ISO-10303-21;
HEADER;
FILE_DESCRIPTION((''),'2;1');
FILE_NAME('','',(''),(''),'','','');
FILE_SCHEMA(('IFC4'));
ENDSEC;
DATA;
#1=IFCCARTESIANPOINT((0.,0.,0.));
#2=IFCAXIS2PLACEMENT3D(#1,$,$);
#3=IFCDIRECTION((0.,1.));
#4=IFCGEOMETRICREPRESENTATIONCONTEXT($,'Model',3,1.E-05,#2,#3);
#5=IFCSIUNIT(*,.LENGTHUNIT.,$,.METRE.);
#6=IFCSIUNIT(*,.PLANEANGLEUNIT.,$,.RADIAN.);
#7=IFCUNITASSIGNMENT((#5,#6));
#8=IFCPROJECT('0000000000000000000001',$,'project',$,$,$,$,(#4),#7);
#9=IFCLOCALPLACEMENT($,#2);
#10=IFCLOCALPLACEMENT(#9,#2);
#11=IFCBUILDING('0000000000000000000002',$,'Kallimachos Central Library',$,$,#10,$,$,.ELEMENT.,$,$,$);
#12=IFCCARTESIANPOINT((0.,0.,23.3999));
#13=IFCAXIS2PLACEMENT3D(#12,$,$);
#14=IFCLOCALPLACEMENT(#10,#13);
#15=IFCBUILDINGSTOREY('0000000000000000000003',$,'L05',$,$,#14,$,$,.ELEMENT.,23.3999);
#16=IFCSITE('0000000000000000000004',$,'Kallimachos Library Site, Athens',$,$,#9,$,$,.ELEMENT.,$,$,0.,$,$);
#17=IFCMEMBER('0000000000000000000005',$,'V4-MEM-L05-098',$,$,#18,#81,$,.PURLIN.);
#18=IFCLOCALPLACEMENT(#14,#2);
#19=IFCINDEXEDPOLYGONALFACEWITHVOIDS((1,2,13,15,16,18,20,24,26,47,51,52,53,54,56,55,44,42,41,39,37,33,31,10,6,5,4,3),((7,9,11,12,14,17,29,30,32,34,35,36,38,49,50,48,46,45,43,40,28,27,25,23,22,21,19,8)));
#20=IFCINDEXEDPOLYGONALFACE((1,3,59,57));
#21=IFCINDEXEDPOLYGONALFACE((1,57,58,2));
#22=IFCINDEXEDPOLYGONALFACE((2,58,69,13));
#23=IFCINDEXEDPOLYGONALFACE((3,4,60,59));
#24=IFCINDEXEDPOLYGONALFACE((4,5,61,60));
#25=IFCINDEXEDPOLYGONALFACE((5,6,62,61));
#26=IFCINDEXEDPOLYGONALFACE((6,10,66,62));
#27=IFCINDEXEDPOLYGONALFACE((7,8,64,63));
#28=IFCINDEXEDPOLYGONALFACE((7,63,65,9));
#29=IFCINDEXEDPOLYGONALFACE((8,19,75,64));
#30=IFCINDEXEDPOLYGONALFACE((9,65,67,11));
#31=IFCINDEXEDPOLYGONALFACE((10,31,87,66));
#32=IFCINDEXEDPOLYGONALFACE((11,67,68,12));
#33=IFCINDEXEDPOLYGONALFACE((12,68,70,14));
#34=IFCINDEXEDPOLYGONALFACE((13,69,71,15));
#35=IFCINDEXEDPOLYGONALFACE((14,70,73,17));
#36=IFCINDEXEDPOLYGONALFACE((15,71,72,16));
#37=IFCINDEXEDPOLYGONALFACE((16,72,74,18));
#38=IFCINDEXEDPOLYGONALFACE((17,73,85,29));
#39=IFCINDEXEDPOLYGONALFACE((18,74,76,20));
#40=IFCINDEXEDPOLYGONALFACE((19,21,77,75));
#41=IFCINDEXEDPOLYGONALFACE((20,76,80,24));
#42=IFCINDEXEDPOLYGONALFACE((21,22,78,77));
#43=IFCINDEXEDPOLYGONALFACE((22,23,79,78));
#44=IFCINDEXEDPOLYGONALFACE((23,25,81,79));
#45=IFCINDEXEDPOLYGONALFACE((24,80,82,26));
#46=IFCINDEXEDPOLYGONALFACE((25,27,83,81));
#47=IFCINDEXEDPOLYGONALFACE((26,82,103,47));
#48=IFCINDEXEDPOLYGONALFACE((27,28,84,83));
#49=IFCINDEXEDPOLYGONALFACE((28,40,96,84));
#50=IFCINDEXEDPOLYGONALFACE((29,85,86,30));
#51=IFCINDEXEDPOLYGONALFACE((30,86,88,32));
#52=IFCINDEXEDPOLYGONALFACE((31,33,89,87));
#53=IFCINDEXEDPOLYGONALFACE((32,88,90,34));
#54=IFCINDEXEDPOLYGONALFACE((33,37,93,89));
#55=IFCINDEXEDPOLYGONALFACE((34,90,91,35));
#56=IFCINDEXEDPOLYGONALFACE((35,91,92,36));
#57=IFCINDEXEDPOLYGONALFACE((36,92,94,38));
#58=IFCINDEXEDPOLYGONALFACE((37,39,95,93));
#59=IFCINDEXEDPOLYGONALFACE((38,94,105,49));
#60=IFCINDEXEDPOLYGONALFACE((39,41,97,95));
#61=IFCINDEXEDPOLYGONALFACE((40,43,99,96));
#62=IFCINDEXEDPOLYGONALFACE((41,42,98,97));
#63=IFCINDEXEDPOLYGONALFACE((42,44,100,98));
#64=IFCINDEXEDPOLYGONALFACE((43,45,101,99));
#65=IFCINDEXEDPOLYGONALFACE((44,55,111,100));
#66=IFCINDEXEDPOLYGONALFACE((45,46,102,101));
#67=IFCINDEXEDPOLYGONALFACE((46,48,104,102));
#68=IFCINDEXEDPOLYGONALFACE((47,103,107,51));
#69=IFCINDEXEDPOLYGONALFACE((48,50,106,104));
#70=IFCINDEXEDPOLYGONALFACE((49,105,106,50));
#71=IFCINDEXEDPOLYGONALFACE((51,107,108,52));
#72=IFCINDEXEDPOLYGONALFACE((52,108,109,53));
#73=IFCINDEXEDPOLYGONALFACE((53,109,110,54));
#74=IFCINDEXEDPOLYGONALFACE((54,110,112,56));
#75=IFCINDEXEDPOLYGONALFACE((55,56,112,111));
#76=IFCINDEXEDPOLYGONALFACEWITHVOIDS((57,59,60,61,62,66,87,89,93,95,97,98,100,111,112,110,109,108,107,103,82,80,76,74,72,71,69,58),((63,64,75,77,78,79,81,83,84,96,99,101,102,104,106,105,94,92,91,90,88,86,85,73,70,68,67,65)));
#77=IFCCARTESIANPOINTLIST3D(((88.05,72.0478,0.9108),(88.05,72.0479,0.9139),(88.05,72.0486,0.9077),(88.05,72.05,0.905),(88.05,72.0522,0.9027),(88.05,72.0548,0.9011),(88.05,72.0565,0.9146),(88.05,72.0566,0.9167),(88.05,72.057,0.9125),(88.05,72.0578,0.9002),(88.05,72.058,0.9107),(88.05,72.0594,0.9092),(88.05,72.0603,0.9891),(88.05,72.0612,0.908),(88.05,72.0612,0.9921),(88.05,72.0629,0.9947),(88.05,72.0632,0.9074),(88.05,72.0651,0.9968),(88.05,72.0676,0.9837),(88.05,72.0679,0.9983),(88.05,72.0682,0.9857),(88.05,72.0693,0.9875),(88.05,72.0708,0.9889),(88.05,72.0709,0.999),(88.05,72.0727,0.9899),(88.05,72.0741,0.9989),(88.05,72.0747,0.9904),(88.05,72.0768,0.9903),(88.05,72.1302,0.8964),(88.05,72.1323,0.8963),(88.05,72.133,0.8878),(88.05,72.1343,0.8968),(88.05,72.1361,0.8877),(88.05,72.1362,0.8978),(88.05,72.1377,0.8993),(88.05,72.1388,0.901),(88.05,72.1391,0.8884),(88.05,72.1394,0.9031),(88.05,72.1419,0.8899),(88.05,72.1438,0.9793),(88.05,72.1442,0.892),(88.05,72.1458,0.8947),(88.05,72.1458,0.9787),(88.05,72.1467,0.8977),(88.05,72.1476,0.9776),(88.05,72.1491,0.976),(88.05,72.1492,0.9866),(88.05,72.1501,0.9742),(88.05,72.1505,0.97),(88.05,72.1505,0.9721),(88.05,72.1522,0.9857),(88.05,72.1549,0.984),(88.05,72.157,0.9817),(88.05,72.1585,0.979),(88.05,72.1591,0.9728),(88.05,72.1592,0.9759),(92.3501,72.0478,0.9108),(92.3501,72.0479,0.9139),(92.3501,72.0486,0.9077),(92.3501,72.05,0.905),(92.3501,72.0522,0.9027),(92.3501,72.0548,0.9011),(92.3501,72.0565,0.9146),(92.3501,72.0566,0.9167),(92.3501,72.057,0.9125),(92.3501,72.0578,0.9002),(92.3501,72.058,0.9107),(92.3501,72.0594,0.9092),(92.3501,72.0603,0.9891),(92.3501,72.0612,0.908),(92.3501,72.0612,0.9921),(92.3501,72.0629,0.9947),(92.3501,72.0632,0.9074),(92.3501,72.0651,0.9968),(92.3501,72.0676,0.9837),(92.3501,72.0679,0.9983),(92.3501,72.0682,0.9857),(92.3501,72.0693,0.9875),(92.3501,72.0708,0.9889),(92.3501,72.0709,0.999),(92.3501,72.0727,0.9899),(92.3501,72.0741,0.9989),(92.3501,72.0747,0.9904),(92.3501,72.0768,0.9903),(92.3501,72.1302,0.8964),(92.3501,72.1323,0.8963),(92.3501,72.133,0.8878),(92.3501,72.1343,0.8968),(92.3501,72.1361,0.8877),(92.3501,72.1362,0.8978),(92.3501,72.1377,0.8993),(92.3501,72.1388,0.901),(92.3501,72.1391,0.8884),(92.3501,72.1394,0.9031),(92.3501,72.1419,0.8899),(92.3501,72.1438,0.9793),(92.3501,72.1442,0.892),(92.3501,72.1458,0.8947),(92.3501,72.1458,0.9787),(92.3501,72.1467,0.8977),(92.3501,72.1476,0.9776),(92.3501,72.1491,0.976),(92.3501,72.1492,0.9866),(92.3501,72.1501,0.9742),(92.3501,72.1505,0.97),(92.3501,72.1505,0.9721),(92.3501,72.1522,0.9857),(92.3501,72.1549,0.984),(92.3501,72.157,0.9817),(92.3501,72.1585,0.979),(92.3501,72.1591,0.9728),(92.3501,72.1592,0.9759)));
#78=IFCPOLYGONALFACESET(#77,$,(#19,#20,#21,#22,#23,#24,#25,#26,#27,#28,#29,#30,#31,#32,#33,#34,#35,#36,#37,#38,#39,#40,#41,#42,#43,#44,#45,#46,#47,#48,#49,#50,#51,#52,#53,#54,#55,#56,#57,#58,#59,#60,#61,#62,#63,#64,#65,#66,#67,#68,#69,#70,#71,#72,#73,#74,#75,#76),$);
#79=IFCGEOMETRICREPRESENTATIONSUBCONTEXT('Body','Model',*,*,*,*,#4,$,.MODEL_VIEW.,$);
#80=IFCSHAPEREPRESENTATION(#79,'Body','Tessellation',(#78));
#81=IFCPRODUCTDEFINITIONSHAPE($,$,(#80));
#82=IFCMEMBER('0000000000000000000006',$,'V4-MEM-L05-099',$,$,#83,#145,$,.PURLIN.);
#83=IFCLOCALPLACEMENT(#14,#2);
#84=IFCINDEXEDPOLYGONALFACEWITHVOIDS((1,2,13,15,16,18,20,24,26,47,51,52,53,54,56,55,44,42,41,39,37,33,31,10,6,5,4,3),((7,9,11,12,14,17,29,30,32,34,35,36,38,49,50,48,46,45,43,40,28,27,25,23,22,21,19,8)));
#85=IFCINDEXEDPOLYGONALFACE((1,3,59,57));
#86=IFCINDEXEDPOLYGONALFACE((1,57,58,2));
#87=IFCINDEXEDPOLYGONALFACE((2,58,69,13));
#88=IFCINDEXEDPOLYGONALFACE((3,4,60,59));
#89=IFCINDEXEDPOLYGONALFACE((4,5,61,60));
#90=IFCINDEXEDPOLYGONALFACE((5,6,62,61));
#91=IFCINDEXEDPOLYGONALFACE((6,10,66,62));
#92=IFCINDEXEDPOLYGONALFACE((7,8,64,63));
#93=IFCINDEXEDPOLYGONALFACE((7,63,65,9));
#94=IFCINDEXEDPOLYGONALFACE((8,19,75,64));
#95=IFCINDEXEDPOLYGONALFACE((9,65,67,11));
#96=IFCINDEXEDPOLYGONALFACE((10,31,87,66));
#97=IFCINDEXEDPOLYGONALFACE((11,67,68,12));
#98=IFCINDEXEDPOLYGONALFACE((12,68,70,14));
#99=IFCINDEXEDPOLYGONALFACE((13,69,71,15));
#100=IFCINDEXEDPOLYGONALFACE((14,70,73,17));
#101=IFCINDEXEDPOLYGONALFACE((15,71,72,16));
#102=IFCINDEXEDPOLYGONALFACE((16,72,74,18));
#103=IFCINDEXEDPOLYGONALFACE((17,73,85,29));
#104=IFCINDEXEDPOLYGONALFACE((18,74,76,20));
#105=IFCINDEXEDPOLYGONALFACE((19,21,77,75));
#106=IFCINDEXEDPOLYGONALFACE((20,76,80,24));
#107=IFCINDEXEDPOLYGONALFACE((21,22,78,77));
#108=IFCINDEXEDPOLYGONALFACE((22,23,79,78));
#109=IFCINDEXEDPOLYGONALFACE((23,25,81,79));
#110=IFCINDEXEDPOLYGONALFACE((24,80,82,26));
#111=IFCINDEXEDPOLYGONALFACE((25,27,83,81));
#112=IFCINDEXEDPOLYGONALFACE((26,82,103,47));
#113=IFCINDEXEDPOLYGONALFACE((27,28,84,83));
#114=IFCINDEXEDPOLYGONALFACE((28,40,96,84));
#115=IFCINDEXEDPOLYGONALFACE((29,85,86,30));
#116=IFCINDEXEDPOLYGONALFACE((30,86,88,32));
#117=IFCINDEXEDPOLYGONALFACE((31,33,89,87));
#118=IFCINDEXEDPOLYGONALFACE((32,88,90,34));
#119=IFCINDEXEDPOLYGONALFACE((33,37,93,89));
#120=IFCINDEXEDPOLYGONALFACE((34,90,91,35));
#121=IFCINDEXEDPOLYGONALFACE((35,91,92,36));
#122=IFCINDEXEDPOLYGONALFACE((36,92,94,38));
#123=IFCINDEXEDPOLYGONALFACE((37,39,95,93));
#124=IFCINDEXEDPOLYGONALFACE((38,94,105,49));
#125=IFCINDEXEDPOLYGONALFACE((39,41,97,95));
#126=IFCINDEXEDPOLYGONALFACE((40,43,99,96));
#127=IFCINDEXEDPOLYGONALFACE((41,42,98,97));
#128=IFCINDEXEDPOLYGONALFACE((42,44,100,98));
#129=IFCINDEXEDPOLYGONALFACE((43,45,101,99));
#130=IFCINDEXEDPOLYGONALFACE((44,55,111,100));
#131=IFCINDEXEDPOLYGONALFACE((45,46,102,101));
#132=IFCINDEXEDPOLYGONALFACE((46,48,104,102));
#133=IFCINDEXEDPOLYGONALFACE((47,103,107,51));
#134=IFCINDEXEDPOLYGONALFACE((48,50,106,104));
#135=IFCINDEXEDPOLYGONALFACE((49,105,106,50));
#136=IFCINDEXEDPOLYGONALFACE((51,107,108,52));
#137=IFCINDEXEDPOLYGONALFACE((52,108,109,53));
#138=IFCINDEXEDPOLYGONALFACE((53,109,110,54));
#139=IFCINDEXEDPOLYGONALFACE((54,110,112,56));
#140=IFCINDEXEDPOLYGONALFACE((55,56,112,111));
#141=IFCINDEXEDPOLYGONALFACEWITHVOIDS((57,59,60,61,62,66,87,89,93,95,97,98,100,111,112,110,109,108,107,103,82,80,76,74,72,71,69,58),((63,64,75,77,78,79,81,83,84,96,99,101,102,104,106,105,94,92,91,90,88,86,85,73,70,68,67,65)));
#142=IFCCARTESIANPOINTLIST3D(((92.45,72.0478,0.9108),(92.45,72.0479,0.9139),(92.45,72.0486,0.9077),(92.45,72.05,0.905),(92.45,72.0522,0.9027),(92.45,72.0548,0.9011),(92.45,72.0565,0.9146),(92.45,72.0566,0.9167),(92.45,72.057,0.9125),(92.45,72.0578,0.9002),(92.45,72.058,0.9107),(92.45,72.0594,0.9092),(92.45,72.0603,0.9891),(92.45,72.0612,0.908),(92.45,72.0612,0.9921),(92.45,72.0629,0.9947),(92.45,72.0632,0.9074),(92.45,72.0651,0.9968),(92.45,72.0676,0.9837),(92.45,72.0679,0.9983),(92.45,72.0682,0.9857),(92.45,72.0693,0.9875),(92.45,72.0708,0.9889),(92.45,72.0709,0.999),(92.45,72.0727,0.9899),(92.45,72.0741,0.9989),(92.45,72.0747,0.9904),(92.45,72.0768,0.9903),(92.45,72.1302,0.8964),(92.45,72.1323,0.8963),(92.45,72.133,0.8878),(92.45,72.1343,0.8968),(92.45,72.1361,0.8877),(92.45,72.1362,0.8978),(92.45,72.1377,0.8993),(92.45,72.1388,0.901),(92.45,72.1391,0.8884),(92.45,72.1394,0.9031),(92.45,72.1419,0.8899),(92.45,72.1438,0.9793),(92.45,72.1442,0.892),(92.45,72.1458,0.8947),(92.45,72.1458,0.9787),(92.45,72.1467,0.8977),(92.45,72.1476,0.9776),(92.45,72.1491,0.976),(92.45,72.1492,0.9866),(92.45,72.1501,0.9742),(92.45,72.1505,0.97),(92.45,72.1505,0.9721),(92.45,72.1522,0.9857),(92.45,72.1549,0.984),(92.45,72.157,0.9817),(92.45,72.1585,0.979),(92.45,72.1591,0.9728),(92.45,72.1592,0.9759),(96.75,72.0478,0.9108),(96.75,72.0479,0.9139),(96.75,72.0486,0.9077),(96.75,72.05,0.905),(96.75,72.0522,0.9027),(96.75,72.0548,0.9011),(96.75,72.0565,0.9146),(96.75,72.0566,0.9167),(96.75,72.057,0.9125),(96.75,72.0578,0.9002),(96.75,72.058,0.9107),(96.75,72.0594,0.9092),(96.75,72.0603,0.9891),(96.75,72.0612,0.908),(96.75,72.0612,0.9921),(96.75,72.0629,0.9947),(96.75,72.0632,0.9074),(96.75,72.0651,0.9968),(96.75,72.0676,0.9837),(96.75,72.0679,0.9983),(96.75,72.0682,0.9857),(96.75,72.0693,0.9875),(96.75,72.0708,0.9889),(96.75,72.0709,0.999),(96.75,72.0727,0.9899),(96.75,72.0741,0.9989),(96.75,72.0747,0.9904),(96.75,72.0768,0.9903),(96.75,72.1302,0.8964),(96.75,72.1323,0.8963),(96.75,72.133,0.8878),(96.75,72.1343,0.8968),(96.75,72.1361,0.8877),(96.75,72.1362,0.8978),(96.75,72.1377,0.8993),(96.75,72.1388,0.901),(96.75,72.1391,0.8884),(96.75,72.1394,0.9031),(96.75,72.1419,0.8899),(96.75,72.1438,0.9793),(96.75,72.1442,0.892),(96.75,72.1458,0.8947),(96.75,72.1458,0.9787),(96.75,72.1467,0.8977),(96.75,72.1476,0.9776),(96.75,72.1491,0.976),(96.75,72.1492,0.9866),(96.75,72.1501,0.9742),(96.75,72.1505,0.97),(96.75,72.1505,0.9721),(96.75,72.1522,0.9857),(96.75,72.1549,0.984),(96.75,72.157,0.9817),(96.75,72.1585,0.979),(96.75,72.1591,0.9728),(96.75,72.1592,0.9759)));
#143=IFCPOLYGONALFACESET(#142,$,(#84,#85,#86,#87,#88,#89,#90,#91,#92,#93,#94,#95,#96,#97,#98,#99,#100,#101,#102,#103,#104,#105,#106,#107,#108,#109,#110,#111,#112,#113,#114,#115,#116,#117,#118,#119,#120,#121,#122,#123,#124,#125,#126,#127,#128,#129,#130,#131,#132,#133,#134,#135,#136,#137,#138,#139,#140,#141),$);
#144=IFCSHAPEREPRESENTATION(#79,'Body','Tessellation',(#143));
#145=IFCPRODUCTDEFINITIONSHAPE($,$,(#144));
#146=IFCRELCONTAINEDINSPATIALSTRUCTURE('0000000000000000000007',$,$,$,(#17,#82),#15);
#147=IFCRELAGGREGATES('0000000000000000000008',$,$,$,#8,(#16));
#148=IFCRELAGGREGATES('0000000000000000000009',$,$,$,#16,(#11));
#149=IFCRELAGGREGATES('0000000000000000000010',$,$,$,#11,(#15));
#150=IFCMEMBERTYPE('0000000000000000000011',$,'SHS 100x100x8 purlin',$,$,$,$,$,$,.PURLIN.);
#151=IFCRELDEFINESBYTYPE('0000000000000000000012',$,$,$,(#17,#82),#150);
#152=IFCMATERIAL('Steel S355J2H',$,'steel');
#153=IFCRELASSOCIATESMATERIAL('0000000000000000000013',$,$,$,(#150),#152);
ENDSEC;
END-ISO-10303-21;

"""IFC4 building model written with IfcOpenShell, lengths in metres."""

from ifc_helpers import new_model, si_unit, direction, frame, origin, origin_2d, place, context, subcontext, project, spatial, hollow_rectangle, extrude, material, material_profile, profile_set, type_object, element, save


model = new_model("IFC4")

# Units and contexts
model_context = context("Model", 3, precision=1e-05, world=origin(), true_north=direction((0.0, 1.0)))
body_context = subcontext(model_context, "Body", "Model", "MODEL_VIEW")
ifc_project = project(units=[si_unit("LENGTHUNIT", "METRE"), si_unit("PLANEANGLEUNIT", "RADIAN")], contexts=[model_context])

# Site, building, storey
site_placement = place(None, origin())
site = spatial("IfcSite", under=ifc_project, at=site_placement, Name="Kallimachos Library Site, Athens", CompositionType="ELEMENT", RefElevation=0.0)
building_placement = place(site_placement, origin())
building = spatial("IfcBuilding", under=site, at=building_placement, Name="Kallimachos Central Library", CompositionType="ELEMENT")
storey_placement = place(building_placement, frame((0.0, 0.0, 23.3999)))
storey = spatial("IfcBuildingStorey", under=building, at=storey_placement, Name="L05", CompositionType="ELEMENT", Elevation=23.3999)

# Members
ifc_material_1 = material(Name="Steel S355J2H", Category="steel")
ifc_material_profile_1 = material_profile(ifc_material_1, hollow_rectangle(XDim=0.1001, YDim=0.1001, WallThickness=0.0081, InnerFilletRadius=0.0081, OuterFilletRadius=0.012, at=origin_2d()), Name="SHS 100x100x8")
ifc_profile_set_1 = profile_set([ifc_material_profile_1], Name="Steel S355J2H")
member_type_1 = type_object("IfcMemberType", Name="SHS 100x100x8 purlin", PredefinedType="PURLIN", material=ifc_profile_set_1)
for number, where, z_axis, x_axis, name in (
    (1, (88.05, 72.1035, 0.9434), (1.0, 0.0, 0.0), (0.0, 0.986728, -0.16238), "V4-MEM-L05-098"),
    (2, (92.45, 72.1035, 0.9434), (1.0, 0.0, 0.0), (0.0, 0.986728, -0.16238), "V4-MEM-L05-099"),
):
    element("IfcMember", number, at=place(storey_placement, frame(where, z_axis=z_axis, x_axis=x_axis)), inside=storey, type_object=member_type_1, Name=name, PredefinedType="PURLIN", context=body_context, shape_type="SweptSolid", body=[
        extrude(hollow_rectangle(XDim=0.1001, YDim=0.1001, WallThickness=0.0081, InnerFilletRadius=0.0081, OuterFilletRadius=0.012, at=origin_2d()), origin(), (0.0, 0.0, 1.0), 4.3),
    ])

save(model, "model.ifc")
